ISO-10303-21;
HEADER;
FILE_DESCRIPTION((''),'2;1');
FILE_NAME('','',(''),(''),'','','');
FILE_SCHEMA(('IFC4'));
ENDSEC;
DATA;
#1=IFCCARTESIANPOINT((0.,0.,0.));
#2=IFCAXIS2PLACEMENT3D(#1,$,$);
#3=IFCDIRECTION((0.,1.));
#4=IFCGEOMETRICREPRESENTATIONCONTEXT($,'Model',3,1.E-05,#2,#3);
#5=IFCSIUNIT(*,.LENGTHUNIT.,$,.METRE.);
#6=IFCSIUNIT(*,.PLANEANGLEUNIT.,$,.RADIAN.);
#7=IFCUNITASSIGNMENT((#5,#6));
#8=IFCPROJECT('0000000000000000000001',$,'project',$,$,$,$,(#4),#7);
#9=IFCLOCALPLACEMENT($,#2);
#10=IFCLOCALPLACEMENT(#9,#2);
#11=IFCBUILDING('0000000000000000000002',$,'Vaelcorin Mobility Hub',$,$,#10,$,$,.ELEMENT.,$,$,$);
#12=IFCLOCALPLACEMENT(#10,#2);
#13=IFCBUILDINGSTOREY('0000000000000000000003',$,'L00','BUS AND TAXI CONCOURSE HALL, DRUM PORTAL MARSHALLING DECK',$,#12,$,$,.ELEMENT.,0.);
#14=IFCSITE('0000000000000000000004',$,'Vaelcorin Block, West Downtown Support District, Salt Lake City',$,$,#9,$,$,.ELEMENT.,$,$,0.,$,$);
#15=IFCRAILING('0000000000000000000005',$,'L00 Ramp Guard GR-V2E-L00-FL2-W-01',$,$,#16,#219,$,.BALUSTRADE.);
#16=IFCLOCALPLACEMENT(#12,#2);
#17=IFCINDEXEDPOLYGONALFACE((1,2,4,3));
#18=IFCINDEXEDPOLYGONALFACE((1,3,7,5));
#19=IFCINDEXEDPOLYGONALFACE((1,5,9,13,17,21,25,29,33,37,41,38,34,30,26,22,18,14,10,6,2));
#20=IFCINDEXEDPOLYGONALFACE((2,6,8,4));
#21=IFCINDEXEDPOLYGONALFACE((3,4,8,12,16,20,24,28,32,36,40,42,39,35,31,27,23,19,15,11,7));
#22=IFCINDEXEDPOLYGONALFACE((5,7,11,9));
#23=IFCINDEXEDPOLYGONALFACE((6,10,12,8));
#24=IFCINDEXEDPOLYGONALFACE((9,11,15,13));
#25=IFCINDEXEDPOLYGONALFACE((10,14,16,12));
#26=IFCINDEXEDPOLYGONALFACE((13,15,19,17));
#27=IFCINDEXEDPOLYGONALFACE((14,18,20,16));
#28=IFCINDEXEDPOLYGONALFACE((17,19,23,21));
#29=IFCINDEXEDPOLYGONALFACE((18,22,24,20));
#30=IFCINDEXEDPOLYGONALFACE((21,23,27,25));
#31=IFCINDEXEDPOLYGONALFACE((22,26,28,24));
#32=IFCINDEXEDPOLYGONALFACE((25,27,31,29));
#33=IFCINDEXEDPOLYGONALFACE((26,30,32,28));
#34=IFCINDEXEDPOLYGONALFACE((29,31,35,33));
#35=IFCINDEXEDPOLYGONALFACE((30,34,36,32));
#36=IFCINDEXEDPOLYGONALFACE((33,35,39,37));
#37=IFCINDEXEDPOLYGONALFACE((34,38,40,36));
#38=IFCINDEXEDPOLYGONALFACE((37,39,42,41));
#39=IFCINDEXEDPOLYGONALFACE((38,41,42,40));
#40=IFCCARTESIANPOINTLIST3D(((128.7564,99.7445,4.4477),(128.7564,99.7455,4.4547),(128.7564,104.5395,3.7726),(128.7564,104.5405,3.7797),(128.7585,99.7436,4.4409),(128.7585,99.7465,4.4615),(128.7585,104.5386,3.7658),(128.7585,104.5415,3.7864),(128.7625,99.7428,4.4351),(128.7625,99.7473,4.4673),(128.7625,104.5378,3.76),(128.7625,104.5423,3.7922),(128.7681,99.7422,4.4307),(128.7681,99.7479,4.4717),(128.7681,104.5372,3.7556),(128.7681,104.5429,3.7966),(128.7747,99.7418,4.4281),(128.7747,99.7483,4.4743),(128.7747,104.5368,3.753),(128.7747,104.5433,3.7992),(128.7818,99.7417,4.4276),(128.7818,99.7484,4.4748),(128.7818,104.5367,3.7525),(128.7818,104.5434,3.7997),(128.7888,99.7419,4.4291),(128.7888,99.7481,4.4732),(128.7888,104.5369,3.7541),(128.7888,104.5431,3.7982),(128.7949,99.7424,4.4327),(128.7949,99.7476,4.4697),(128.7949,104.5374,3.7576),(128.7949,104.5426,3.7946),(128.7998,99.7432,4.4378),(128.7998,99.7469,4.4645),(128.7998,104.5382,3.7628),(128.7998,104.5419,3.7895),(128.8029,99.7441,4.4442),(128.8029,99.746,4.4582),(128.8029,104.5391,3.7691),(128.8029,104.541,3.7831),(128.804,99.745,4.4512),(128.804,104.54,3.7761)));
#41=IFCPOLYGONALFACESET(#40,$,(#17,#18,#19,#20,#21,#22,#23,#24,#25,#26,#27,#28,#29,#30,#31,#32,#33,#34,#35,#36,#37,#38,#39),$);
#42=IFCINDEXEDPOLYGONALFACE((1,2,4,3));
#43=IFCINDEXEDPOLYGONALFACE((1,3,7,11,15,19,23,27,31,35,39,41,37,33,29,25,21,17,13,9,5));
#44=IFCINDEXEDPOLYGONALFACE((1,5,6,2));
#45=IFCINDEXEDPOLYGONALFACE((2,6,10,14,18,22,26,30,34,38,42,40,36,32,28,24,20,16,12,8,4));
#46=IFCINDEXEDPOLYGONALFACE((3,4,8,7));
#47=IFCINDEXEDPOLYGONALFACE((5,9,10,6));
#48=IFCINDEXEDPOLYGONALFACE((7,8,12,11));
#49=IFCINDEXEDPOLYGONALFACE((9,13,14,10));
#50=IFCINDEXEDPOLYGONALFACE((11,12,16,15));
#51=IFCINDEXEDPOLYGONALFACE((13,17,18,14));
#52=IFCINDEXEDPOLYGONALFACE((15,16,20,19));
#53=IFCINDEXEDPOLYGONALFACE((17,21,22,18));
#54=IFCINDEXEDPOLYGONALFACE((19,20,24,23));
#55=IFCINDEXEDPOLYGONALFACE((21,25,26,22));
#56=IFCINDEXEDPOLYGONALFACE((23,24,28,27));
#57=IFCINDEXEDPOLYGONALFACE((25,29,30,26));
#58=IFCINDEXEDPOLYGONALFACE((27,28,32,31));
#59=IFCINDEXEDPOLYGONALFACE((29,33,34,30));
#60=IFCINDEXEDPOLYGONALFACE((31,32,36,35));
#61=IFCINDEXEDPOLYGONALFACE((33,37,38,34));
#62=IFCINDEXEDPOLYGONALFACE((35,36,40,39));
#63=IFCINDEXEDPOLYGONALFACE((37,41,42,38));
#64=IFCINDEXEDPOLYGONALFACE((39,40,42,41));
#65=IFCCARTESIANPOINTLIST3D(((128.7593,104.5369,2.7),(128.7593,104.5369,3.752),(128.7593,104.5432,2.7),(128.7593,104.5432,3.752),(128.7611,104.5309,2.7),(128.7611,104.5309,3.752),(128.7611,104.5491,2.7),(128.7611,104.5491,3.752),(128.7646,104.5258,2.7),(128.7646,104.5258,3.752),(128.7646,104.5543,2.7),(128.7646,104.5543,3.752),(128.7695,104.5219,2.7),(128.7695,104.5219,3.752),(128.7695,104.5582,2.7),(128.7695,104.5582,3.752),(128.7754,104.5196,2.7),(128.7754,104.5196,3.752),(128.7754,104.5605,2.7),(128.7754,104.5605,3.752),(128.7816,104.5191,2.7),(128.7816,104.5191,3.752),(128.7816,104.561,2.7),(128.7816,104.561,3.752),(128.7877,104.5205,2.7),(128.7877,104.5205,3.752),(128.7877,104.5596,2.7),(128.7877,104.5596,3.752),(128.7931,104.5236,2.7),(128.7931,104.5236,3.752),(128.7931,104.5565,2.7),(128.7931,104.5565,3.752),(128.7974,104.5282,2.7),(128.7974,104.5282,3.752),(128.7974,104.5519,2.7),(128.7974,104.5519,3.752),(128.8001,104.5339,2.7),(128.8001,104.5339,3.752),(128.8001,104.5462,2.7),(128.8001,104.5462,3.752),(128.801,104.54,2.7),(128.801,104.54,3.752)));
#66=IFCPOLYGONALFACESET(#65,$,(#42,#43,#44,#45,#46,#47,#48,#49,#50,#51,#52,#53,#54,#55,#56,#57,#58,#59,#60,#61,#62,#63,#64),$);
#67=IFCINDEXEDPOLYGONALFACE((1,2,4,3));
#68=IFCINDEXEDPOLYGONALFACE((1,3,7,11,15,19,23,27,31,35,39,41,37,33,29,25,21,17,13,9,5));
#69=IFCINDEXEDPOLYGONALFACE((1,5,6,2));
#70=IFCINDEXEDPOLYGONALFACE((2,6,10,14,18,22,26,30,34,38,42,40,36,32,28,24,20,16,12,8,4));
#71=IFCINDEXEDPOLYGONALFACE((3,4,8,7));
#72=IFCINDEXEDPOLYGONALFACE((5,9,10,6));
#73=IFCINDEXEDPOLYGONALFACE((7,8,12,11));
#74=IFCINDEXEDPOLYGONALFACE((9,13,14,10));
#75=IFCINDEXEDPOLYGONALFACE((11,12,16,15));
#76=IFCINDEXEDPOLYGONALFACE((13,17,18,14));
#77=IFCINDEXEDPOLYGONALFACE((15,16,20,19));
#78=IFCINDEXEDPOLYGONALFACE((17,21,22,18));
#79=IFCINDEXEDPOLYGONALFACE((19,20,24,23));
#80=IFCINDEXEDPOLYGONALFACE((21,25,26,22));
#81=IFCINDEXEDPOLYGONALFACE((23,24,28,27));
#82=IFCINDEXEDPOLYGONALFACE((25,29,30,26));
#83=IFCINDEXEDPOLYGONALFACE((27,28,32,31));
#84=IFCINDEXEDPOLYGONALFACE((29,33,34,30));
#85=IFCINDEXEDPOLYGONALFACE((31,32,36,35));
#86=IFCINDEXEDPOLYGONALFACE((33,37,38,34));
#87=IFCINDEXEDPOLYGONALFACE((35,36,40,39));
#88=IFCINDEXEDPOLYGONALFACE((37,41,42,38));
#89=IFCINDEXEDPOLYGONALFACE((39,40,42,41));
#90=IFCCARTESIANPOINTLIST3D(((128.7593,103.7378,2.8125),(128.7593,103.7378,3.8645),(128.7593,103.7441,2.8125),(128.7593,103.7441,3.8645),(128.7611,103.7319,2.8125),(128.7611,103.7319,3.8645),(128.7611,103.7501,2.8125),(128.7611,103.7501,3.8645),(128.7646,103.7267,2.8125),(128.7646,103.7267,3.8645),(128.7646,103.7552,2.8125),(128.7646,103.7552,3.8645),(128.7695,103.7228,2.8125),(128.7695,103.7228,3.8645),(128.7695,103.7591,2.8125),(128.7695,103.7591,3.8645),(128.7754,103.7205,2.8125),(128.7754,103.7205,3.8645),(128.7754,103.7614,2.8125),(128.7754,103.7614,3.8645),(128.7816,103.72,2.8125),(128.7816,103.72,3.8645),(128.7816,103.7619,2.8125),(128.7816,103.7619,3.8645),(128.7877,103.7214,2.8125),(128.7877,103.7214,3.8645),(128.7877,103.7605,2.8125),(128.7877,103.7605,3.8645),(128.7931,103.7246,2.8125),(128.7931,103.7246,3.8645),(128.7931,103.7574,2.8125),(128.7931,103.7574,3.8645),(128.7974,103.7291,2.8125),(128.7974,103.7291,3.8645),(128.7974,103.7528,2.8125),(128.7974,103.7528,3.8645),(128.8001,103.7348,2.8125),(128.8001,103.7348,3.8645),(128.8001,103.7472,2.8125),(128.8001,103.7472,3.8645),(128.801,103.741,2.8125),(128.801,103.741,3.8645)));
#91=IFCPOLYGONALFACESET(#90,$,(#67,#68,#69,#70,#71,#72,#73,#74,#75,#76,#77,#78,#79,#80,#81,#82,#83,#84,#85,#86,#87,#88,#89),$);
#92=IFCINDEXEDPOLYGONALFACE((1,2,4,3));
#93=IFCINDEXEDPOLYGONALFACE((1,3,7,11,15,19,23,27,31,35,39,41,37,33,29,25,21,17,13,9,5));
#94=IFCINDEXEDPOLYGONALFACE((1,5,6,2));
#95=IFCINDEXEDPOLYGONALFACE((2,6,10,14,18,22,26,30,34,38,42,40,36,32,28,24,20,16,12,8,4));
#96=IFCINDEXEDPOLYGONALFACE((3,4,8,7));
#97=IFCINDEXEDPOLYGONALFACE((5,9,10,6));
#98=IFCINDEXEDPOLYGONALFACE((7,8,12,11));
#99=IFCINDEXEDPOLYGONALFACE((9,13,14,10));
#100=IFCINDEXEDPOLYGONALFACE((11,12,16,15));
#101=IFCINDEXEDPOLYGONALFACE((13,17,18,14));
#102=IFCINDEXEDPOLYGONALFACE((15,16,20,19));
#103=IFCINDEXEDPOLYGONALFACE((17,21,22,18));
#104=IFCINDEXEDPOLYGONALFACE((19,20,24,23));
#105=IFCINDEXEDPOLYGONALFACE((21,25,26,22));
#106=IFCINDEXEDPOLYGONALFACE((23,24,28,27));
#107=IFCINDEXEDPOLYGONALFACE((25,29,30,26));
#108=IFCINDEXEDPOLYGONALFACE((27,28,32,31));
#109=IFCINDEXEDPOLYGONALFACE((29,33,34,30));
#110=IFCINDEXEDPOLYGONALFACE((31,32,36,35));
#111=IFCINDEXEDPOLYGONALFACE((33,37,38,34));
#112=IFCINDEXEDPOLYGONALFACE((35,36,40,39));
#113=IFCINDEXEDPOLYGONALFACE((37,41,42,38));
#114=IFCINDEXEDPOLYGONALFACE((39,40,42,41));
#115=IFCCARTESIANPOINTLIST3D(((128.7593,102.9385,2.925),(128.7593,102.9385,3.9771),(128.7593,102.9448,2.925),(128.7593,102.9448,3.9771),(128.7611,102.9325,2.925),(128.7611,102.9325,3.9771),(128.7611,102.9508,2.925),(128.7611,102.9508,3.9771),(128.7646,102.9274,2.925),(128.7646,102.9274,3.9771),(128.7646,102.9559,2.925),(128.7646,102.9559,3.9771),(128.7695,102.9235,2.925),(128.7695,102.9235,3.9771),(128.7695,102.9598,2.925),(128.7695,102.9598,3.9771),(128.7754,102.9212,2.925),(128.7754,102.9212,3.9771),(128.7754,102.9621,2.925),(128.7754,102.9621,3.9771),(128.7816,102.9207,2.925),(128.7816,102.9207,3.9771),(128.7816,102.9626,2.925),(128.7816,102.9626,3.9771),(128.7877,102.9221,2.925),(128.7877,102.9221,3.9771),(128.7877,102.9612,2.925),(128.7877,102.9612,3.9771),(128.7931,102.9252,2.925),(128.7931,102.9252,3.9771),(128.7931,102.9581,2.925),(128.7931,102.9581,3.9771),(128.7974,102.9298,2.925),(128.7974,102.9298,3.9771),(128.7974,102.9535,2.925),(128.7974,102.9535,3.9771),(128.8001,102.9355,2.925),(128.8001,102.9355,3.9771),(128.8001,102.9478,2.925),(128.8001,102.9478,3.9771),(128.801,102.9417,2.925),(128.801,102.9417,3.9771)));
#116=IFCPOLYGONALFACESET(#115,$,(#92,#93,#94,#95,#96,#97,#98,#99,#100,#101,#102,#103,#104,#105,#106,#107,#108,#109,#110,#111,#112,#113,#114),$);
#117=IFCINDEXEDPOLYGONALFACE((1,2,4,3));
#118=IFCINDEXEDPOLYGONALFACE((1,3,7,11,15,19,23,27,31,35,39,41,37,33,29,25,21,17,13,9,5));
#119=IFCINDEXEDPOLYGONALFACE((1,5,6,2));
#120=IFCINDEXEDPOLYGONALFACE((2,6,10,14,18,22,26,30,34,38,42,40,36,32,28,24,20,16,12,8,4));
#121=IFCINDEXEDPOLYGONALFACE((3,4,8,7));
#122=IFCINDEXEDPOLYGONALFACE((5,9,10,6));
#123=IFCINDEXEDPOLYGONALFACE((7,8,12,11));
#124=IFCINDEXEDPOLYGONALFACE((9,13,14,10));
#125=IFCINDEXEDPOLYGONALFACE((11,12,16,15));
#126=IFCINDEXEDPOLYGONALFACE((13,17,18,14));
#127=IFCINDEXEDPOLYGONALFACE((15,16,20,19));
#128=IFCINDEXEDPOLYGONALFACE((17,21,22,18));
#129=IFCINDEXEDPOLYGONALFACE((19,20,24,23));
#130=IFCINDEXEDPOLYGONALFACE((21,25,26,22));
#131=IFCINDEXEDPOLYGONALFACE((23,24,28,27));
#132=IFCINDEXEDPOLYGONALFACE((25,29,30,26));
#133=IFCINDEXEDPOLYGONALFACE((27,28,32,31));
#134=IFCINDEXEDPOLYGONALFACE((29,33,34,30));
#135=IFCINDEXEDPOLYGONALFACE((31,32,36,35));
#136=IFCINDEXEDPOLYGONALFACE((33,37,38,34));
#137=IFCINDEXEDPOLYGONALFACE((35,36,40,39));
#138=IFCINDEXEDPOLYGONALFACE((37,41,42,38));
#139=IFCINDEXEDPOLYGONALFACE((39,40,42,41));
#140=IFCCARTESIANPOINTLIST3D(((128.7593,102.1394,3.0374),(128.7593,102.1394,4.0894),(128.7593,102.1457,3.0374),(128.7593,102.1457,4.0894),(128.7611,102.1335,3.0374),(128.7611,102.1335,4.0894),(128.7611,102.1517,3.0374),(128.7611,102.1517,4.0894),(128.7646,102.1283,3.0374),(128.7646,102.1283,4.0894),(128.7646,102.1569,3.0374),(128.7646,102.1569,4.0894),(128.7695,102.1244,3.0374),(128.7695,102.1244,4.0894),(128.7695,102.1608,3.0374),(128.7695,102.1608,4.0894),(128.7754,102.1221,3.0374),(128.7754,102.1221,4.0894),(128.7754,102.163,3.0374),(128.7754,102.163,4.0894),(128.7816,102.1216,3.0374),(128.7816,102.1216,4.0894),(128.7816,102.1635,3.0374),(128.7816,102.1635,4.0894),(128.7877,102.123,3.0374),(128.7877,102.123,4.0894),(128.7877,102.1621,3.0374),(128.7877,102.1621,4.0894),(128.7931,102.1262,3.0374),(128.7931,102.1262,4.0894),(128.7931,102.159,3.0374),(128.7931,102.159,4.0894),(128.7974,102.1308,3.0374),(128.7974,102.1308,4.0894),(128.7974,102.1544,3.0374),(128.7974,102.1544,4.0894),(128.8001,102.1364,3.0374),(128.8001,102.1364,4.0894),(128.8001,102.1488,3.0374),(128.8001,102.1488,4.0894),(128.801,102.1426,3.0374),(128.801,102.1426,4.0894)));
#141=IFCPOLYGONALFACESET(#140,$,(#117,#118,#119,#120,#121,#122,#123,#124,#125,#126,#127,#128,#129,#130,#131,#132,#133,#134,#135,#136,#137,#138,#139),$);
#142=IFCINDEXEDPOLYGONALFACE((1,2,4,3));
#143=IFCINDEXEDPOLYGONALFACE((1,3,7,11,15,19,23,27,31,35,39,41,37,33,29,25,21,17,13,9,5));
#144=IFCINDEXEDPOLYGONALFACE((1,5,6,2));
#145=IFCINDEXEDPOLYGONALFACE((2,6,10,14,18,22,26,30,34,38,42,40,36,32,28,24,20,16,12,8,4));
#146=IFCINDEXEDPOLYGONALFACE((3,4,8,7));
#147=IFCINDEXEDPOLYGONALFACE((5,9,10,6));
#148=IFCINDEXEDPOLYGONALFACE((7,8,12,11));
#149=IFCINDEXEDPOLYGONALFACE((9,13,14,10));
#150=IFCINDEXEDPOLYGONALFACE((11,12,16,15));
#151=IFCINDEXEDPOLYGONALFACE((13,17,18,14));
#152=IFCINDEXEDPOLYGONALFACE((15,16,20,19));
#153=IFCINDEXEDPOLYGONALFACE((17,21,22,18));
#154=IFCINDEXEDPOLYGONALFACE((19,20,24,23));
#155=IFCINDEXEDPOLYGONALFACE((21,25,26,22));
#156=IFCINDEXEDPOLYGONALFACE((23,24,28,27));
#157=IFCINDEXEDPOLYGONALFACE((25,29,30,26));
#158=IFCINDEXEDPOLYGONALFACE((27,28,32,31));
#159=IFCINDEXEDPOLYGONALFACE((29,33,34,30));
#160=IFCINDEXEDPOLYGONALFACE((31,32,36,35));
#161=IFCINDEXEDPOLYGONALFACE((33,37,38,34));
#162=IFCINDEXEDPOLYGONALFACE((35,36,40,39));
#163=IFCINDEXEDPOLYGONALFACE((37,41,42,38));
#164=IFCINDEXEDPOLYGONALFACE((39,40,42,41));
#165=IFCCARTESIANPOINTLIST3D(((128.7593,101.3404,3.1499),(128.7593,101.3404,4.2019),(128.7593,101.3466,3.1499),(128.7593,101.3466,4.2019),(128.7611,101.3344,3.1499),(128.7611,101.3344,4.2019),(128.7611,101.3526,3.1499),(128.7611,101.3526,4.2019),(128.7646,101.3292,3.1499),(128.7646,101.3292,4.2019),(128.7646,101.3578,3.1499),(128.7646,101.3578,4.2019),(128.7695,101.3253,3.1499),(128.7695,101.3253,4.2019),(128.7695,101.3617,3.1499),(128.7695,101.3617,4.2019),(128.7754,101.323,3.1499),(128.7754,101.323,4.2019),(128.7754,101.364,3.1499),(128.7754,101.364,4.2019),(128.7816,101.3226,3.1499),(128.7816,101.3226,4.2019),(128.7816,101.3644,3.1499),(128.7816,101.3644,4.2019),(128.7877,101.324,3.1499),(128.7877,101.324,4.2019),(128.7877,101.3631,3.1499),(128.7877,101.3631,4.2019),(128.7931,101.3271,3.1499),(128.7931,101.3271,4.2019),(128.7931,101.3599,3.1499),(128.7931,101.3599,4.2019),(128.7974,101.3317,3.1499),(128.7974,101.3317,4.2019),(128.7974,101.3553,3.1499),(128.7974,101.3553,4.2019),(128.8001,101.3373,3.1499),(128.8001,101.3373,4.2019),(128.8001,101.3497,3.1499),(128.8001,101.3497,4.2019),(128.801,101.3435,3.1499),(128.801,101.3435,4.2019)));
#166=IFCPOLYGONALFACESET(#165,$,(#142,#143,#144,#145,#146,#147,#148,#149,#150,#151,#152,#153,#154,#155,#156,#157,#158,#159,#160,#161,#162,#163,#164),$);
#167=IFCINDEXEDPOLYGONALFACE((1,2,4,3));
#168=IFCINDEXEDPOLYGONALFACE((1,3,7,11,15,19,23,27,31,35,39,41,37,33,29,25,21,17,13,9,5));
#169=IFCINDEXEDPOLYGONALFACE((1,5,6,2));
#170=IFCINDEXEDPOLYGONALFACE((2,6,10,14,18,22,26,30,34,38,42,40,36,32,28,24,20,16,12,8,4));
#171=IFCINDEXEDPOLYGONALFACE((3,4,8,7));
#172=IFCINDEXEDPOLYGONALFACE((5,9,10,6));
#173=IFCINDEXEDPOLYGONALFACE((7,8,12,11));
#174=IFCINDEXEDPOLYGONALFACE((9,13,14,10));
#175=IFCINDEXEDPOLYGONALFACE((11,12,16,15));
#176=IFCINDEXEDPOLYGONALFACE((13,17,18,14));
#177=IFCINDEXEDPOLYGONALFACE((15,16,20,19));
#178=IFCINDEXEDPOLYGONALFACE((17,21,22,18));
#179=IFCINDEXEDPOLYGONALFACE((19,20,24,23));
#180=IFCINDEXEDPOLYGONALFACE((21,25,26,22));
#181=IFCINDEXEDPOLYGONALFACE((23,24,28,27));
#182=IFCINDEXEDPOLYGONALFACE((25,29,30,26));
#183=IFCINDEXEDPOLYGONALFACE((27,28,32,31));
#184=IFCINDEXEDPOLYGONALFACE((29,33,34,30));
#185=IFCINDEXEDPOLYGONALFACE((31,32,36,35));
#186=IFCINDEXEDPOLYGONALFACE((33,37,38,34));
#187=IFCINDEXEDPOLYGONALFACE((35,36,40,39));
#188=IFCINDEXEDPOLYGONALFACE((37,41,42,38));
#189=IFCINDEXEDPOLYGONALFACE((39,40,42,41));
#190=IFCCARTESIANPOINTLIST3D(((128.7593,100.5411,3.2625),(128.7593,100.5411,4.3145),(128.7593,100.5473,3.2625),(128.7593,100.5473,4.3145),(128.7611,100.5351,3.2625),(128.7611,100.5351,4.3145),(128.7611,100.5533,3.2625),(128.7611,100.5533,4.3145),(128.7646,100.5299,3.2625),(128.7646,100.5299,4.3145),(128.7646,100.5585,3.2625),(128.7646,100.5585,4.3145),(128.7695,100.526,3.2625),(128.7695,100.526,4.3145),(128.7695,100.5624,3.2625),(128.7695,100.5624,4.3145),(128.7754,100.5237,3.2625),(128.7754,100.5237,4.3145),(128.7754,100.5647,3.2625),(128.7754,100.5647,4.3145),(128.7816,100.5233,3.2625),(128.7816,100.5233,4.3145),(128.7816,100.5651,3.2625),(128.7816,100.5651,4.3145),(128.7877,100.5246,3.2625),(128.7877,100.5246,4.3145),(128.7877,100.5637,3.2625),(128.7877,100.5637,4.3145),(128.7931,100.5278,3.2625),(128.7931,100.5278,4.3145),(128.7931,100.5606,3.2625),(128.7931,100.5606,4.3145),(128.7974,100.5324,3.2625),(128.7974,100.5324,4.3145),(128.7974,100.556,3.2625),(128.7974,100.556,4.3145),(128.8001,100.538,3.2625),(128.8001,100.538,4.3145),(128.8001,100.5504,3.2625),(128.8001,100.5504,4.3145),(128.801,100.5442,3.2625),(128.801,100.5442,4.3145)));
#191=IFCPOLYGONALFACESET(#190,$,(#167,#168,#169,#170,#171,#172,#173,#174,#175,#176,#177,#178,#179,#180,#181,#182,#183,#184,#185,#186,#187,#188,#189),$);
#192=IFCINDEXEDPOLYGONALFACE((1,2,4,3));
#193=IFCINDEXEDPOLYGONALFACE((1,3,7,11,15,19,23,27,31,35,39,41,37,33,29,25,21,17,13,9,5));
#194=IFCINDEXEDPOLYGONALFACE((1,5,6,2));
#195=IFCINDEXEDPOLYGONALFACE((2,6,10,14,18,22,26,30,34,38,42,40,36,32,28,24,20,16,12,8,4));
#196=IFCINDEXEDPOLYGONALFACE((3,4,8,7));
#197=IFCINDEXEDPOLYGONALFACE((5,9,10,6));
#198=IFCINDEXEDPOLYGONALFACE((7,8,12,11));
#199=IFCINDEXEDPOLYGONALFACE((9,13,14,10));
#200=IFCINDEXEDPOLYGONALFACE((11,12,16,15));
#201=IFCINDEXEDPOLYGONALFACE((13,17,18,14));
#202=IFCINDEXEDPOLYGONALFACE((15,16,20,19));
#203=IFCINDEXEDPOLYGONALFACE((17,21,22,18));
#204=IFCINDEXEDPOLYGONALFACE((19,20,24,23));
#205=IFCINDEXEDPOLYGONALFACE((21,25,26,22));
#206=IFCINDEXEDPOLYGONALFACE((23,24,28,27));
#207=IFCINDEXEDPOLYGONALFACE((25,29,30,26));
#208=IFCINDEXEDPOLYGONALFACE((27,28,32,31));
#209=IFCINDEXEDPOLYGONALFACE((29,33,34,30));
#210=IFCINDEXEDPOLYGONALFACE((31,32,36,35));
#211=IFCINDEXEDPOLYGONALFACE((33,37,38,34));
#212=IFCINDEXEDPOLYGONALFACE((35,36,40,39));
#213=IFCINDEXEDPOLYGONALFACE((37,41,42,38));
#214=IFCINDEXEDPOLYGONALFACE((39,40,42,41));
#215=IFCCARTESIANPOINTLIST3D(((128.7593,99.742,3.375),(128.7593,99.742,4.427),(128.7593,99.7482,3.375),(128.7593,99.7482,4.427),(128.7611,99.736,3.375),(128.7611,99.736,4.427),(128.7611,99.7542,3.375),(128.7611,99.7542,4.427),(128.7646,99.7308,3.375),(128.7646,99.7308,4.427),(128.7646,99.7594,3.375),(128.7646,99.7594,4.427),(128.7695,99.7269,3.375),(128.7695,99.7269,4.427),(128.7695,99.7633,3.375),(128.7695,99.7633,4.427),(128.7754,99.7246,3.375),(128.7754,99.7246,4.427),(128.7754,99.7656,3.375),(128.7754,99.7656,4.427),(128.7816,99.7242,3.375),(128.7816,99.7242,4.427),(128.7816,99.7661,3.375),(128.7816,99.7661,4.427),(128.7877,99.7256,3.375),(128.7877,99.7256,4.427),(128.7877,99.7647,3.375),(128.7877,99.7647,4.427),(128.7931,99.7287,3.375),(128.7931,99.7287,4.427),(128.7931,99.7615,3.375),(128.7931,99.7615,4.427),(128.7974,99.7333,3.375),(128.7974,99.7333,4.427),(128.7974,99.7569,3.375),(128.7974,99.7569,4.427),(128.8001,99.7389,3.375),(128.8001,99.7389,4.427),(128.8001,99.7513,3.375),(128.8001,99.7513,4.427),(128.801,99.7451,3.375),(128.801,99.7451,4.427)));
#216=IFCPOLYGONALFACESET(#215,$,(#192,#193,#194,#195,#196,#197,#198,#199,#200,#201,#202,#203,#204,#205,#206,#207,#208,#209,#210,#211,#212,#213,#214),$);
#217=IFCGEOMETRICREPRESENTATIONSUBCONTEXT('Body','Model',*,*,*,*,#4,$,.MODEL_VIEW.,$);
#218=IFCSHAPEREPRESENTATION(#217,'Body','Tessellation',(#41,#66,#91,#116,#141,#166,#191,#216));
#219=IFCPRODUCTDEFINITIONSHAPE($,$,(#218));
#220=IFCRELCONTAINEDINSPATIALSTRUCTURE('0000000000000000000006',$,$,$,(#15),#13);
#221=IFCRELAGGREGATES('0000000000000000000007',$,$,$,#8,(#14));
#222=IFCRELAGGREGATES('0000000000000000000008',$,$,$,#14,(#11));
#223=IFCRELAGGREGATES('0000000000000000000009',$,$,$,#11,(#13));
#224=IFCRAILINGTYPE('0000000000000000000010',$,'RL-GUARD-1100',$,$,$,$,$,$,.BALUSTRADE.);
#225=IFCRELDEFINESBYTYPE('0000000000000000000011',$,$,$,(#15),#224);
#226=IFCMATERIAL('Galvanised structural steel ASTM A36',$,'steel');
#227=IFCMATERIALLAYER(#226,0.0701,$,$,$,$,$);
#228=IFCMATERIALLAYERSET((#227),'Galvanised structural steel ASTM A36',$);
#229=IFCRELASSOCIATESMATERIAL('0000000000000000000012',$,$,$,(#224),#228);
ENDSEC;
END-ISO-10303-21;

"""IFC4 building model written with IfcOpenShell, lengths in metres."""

from ifc_helpers import new_model, si_unit, direction, frame, origin, origin_2d, place, context, subcontext, project, spatial, circle, extrude, material, layer, layer_set, type_object, element, save


model = new_model("IFC4")

# Units and contexts
model_context = context("Model", 3, precision=1e-05, world=origin(), true_north=direction((0.0, 1.0)))
body_context = subcontext(model_context, "Body", "Model", "MODEL_VIEW")
ifc_project = project(units=[si_unit("LENGTHUNIT", "METRE"), si_unit("PLANEANGLEUNIT", "RADIAN")], contexts=[model_context])

# Site, building, storey
site_placement = place(None, origin())
site = spatial("IfcSite", under=ifc_project, at=site_placement, Name="Vaelcorin Block, West Downtown Support District, Salt Lake City", CompositionType="ELEMENT", RefElevation=0.0)
building_placement = place(site_placement, origin())
building = spatial("IfcBuilding", under=site, at=building_placement, Name="Vaelcorin Mobility Hub", CompositionType="ELEMENT")
storey_placement = place(building_placement, origin())
storey = spatial("IfcBuildingStorey", under=building, at=storey_placement, Name="L00", Description="BUS AND TAXI CONCOURSE HALL, DRUM PORTAL MARSHALLING DECK", CompositionType="ELEMENT", Elevation=0.0)

# Railing
ifc_material_1 = material(Name="Galvanised structural steel ASTM A36", Category="steel")
ifc_layer_1 = layer(ifc_material_1, 0.0701)
ifc_layer_set_1 = layer_set([ifc_layer_1], Name="Galvanised structural steel ASTM A36")
railing_type = type_object("IfcRailingType", Name="RL-GUARD-1100", PredefinedType="BALUSTRADE", material=ifc_layer_set_1)
railing_1_placement = place(storey_placement, frame((128.78, 104.54, 2.7)))
element("IfcRailing", 1, at=railing_1_placement, inside=storey, type_object=railing_type, Name="L00 Ramp Guard GR-V2E-L00-FL2-W-01", PredefinedType="BALUSTRADE", context=body_context, shape_type="SweptSolid", body=[
    extrude(circle(Radius=0.0239, at=origin_2d()), frame((0.0, 0.0, 1.0762), z_axis=(0.0, -0.990235, 0.139409), x_axis=(1.0, 0.0, 0.0)), (0.0, 0.0, 1.0), 4.8423),
    extrude(circle(Radius=0.021, at=origin_2d()), origin(), (0.0, 0.0, 1.0), 1.052),
    extrude(circle(Radius=0.021, at=origin_2d()), frame((0.0, -0.7991, 0.1125)), (0.0, 0.0, 1.0), 1.052),
    extrude(circle(Radius=0.021, at=origin_2d()), frame((0.0, -1.5984, 0.2251)), (0.0, 0.0, 1.0), 1.052),
    extrude(circle(Radius=0.021, at=origin_2d()), frame((0.0, -2.3975, 0.3374)), (0.0, 0.0, 1.0), 1.052),
    extrude(circle(Radius=0.021, at=origin_2d()), frame((0.0, -3.1965, 0.45)), (0.0, 0.0, 1.0), 1.052),
    extrude(circle(Radius=0.021, at=origin_2d()), frame((0.0, -3.9958, 0.5625)), (0.0, 0.0, 1.0), 1.052),
    extrude(circle(Radius=0.021, at=origin_2d()), frame((0.0, -4.7949, 0.675)), (0.0, 0.0, 1.0), 1.052),
])

save(model, "model.ifc")
